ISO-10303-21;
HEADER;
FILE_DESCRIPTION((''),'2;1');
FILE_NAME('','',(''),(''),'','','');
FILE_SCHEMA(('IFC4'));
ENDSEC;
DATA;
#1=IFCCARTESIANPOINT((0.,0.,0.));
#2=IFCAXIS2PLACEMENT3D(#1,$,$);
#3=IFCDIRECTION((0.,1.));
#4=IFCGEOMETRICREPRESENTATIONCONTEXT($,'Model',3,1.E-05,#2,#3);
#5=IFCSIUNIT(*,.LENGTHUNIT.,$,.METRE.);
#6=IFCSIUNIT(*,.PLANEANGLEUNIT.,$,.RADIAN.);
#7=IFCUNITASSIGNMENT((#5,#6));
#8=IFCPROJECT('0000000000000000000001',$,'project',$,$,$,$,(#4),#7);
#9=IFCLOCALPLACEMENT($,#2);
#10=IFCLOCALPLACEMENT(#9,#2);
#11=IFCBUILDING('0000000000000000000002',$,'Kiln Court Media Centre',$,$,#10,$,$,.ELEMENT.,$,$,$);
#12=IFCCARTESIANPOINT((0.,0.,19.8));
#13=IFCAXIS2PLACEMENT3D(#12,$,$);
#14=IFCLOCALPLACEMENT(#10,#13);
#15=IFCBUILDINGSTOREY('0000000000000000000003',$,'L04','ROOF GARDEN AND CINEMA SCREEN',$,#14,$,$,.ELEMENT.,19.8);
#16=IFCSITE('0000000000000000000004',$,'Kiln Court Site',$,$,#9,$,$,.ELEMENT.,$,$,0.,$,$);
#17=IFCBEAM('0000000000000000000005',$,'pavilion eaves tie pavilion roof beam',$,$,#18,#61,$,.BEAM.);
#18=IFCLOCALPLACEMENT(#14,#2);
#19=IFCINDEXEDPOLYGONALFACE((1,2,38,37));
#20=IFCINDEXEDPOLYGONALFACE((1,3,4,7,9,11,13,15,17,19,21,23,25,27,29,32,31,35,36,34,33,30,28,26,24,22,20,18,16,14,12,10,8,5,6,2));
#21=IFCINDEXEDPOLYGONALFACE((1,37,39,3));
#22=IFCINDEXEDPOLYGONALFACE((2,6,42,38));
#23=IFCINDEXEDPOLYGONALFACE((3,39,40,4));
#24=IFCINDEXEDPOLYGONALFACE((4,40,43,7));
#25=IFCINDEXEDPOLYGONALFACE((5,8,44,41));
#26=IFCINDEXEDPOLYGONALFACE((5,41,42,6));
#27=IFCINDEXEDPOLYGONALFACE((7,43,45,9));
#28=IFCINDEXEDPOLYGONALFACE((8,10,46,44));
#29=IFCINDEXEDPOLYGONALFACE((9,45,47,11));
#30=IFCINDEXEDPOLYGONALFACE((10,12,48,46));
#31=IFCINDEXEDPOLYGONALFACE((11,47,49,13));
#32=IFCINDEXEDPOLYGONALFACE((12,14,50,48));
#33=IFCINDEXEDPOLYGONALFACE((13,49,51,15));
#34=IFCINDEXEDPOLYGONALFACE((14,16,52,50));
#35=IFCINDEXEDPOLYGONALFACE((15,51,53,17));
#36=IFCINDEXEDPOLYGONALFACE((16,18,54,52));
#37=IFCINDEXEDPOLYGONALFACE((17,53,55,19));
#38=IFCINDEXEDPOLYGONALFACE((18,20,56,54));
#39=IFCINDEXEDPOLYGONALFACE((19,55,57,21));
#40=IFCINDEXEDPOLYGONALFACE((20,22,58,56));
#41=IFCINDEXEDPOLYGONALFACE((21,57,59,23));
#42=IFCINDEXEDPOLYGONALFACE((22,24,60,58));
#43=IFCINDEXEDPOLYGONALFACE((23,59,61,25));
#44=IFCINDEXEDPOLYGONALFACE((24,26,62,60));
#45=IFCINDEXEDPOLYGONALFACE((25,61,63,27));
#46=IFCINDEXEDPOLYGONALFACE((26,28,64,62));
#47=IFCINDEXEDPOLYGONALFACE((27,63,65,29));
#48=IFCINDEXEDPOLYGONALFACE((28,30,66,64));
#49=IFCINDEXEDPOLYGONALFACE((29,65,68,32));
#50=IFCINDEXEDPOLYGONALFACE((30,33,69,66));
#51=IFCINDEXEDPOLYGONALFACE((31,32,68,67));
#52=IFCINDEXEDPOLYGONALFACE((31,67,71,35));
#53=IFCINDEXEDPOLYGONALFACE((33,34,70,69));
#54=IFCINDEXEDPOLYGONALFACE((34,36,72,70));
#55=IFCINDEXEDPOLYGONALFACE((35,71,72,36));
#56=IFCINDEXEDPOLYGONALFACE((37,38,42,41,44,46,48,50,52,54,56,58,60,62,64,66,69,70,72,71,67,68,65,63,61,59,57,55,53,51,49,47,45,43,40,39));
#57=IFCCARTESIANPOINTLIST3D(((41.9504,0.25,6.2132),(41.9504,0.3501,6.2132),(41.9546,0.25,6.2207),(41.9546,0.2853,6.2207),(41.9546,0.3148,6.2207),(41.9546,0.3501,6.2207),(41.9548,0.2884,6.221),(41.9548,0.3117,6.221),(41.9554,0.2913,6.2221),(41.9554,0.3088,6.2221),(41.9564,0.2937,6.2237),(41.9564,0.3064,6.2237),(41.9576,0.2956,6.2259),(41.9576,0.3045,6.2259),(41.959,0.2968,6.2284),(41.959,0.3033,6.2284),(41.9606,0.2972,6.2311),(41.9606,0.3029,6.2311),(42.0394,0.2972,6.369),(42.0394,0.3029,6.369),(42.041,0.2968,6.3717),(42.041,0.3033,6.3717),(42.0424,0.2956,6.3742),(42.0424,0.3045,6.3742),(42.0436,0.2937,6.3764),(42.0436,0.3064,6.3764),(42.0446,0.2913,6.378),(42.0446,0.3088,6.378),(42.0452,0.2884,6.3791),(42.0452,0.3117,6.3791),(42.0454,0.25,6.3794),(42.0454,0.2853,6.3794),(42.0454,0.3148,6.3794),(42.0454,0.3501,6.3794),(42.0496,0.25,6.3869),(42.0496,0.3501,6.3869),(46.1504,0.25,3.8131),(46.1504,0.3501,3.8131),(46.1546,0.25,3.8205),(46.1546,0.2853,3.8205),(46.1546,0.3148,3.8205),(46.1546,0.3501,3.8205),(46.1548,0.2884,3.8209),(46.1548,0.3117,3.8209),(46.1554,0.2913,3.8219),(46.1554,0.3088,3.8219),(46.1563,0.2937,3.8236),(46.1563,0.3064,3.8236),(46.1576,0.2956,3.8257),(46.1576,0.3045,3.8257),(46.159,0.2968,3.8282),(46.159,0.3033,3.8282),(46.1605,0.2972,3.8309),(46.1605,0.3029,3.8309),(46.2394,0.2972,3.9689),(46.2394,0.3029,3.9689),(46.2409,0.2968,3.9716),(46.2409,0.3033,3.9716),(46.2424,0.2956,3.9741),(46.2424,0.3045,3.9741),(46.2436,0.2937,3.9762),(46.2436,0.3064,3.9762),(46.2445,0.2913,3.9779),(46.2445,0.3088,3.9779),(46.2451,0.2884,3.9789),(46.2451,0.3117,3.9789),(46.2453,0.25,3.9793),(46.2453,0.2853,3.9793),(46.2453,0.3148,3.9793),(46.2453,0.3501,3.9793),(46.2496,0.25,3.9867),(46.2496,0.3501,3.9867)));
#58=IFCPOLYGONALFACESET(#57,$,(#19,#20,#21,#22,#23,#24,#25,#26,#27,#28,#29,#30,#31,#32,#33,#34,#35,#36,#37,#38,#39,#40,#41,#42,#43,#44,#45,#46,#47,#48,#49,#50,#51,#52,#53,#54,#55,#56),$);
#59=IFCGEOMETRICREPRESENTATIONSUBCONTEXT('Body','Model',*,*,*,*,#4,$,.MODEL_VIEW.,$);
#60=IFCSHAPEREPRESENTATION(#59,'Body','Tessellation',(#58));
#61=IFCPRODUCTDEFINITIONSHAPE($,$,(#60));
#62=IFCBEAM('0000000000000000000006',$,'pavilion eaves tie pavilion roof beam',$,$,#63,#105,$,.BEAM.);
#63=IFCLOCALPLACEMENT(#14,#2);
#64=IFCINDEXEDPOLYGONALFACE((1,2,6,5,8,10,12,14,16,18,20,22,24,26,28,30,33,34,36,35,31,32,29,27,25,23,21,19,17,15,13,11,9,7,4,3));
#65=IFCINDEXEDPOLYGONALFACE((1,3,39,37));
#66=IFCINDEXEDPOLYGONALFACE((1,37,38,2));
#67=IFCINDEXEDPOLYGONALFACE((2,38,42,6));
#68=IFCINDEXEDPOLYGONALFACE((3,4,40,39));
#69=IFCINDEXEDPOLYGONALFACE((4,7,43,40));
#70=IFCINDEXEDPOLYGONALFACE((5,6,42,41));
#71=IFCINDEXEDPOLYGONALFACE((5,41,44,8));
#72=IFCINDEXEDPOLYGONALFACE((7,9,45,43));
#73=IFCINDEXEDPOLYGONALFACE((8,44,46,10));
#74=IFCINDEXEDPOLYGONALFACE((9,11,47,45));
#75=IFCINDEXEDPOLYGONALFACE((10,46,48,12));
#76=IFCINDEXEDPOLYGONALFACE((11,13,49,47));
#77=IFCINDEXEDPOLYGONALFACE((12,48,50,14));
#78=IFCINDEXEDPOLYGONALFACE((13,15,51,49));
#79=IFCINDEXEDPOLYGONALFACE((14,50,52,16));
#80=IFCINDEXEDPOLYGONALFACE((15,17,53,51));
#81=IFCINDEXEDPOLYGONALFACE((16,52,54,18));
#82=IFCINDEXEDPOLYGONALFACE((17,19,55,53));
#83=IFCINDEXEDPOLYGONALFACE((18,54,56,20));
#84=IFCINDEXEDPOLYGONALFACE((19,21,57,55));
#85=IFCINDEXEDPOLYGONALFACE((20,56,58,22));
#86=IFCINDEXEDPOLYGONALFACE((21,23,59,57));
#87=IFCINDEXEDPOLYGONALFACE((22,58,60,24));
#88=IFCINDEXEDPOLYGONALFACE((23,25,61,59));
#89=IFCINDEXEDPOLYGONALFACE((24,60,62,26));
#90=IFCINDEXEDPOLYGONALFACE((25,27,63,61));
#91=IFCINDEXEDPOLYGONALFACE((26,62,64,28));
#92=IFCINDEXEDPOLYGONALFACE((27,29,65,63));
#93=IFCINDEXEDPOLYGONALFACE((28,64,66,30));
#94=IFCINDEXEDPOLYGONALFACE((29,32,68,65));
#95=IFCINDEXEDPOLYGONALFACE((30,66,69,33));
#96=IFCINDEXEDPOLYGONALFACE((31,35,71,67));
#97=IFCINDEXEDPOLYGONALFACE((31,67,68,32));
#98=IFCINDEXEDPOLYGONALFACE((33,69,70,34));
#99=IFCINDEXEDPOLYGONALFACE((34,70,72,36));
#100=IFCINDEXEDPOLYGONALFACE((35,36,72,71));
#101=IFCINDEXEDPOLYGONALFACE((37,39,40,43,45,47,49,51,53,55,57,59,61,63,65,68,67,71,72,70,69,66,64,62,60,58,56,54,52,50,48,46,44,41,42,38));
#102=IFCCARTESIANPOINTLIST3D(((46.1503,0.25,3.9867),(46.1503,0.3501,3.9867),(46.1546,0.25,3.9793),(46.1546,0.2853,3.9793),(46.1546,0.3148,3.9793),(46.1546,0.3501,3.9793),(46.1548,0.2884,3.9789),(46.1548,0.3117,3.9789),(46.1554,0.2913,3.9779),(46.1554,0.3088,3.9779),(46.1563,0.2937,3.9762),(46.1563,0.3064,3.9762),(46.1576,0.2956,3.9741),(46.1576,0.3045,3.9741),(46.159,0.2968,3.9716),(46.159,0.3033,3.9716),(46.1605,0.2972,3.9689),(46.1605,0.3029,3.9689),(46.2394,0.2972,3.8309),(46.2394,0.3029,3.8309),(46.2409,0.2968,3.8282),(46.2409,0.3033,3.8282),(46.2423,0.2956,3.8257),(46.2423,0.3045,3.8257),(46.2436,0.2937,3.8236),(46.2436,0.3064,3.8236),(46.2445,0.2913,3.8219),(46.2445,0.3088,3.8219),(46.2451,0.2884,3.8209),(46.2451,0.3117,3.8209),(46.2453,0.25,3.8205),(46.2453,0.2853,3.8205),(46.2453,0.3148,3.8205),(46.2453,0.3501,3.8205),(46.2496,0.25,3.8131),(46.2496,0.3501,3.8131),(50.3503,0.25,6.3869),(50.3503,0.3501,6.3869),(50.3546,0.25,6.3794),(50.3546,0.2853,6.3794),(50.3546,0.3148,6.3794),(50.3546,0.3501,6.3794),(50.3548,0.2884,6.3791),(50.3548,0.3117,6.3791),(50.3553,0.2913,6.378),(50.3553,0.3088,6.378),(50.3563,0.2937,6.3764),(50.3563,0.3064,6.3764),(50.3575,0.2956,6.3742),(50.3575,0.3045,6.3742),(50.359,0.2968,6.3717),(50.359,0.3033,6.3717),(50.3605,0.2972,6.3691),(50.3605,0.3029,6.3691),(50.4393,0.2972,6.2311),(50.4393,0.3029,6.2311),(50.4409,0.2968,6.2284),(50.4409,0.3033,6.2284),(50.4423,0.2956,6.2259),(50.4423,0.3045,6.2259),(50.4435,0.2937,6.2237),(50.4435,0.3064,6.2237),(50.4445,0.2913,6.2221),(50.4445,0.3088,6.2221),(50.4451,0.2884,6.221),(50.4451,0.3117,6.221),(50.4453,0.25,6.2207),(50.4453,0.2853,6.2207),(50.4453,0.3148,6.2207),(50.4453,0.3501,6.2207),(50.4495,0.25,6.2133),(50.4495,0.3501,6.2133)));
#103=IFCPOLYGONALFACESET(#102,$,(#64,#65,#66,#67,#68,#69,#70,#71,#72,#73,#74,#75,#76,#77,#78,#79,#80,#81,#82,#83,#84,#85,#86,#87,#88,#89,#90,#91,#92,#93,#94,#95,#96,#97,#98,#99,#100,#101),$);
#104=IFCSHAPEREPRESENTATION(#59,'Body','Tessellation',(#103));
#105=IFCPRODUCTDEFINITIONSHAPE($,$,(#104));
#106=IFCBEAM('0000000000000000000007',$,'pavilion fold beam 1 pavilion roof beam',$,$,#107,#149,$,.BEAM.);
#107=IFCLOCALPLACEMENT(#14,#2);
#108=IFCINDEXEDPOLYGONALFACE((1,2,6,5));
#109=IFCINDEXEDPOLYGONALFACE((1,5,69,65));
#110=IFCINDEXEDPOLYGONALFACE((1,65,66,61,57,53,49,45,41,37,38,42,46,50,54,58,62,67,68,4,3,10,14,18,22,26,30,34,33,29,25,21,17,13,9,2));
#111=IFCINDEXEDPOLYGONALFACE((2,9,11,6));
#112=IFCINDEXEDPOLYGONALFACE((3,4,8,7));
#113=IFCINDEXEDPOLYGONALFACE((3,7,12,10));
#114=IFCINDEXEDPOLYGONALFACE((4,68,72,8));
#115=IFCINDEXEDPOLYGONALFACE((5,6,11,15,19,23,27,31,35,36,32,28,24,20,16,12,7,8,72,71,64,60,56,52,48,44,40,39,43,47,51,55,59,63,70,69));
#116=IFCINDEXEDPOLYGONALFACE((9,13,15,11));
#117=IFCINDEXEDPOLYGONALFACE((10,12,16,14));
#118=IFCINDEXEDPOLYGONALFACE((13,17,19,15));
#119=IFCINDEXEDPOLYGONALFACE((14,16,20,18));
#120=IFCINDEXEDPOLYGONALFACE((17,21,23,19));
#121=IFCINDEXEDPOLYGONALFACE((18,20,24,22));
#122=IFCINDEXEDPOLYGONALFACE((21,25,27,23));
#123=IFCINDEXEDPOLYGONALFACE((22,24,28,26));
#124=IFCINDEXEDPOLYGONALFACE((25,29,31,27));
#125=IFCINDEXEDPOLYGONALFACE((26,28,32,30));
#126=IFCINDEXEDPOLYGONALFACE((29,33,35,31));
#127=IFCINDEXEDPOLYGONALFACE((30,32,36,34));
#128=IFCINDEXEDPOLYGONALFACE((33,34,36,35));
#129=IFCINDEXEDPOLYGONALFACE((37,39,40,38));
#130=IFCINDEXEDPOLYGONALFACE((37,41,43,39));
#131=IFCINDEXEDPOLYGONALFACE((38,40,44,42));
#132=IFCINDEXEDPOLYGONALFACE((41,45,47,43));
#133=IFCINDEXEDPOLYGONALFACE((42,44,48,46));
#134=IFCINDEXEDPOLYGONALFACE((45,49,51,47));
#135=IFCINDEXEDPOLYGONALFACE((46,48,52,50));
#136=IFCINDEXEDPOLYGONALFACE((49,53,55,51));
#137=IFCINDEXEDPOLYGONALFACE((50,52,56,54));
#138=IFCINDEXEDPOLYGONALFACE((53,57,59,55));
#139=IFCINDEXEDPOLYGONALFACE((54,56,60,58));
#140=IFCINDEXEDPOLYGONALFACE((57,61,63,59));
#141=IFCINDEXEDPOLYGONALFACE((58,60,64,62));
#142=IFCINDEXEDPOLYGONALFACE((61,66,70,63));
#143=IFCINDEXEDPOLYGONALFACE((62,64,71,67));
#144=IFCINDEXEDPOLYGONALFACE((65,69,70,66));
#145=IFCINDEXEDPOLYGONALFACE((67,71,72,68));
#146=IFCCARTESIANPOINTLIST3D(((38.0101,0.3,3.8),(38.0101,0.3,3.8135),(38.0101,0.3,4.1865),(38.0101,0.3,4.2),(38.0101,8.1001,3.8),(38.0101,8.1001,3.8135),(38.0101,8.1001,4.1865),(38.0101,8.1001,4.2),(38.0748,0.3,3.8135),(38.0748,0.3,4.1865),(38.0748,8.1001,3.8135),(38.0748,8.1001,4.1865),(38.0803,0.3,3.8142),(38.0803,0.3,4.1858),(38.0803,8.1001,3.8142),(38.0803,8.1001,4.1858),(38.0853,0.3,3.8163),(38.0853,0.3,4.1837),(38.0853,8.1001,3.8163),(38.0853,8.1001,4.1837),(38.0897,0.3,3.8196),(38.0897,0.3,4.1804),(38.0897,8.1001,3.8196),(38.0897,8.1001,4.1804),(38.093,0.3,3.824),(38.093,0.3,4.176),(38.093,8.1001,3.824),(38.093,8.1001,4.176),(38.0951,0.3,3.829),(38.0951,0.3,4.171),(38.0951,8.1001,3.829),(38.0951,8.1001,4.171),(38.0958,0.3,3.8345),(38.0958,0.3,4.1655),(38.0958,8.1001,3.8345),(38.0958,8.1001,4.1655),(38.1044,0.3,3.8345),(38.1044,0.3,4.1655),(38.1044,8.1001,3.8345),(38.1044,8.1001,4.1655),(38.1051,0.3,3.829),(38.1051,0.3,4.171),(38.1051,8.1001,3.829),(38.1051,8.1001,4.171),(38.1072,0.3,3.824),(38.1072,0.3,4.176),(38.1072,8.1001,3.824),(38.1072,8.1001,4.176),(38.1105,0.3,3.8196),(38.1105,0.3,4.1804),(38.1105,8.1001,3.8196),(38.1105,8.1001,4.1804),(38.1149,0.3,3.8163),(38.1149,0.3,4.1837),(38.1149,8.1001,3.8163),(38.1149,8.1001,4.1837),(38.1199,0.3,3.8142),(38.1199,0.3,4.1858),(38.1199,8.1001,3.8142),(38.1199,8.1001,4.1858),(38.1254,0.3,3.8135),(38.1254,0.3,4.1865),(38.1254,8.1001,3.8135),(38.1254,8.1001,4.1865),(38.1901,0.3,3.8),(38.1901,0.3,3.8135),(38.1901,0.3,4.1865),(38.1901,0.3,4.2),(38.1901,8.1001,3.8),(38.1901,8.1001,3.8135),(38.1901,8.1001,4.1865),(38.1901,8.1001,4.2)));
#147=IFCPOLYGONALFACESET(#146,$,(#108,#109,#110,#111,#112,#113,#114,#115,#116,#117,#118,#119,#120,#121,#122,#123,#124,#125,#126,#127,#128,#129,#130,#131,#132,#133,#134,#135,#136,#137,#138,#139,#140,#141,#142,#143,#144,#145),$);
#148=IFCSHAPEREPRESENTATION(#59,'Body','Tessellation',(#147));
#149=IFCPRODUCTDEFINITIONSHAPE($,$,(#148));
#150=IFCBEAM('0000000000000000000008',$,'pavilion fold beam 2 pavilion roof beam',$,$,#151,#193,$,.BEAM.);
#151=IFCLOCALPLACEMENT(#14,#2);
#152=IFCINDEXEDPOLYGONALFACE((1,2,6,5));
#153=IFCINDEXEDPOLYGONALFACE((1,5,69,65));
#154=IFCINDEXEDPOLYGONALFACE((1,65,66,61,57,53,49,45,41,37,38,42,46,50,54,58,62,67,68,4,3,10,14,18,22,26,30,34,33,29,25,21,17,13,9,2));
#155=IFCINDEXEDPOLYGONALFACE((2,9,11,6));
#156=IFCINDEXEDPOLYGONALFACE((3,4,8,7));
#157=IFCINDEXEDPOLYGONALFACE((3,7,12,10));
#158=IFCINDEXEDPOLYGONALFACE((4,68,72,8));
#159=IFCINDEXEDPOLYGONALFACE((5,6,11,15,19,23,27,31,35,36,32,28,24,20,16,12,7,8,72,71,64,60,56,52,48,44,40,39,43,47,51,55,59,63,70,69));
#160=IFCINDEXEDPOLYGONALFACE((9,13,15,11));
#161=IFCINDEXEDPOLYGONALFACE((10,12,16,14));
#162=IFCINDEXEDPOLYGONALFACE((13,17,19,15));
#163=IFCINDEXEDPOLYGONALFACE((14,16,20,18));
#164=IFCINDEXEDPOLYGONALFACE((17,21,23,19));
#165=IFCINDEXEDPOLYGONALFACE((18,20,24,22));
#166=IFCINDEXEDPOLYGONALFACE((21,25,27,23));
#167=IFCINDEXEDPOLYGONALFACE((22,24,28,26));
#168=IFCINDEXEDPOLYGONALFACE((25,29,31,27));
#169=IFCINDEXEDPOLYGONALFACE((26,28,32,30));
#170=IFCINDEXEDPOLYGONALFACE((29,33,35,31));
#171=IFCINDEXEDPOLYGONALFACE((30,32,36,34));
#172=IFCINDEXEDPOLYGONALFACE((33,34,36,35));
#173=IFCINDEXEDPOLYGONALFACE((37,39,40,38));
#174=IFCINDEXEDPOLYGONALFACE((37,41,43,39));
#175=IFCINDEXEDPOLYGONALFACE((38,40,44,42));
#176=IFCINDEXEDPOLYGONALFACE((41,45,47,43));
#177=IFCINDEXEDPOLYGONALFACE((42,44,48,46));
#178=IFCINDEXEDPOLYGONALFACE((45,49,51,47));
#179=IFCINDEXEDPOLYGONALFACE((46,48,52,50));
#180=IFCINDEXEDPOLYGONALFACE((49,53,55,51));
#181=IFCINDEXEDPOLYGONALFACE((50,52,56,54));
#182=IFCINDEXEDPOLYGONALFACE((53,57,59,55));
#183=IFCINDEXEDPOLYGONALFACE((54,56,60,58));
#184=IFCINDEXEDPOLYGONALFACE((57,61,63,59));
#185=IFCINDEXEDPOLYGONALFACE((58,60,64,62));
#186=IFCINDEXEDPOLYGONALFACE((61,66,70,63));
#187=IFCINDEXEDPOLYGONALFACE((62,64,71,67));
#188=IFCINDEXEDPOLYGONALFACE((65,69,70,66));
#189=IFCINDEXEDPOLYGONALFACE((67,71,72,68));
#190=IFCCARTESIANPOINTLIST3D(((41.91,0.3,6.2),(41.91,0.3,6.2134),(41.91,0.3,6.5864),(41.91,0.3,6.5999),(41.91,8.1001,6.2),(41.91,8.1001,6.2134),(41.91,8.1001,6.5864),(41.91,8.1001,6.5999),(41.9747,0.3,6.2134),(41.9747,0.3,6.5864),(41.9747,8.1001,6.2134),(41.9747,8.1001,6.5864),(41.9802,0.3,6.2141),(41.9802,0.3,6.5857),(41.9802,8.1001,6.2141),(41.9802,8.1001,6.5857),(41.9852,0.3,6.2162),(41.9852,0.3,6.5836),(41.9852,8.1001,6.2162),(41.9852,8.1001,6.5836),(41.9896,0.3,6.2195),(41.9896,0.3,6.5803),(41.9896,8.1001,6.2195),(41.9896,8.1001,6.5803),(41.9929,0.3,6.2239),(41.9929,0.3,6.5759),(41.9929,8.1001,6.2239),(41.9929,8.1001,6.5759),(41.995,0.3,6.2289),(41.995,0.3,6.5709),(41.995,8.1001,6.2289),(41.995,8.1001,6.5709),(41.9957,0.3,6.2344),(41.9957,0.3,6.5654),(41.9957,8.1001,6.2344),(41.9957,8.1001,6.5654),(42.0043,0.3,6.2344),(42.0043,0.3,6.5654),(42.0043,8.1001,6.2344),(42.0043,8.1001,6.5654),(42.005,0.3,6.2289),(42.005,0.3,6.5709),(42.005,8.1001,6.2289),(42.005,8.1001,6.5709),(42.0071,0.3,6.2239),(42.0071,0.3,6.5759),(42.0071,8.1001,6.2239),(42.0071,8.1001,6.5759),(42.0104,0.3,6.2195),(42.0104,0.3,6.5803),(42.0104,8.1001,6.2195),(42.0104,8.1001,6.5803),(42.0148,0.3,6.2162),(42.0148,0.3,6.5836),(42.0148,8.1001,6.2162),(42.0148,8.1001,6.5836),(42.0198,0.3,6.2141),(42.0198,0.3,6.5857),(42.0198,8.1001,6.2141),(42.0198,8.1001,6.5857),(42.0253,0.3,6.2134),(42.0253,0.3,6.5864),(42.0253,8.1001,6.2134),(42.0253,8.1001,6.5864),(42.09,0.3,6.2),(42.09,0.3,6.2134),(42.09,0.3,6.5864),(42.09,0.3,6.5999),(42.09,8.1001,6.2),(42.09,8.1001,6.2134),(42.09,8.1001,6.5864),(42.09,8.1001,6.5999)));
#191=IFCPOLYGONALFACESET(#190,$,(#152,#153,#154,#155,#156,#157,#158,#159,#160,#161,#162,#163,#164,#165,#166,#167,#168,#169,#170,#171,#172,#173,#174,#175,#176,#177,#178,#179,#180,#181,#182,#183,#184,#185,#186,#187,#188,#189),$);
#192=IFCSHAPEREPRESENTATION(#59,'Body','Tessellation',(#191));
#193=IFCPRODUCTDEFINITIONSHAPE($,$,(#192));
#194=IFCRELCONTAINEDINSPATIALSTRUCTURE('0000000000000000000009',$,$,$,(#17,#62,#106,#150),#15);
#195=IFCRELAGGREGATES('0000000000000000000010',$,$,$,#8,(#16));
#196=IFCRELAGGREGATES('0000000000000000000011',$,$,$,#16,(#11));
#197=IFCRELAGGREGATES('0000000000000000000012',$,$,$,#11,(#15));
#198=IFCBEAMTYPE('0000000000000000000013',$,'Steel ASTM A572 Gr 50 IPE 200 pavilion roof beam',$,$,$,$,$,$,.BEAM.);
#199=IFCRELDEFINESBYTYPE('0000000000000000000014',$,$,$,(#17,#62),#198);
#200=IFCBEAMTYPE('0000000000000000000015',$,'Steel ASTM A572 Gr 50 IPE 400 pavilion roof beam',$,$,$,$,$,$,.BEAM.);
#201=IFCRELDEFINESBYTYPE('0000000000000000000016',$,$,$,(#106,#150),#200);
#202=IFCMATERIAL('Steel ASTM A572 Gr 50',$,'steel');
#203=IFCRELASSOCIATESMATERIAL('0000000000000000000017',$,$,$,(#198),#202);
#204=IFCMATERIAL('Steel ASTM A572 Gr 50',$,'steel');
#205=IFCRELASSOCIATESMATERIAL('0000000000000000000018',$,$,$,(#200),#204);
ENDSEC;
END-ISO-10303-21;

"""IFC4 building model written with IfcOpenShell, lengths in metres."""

from ifc_helpers import new_model, si_unit, direction, frame, origin, origin_2d, place, context, subcontext, project, spatial, i_section, extrude, material, material_profile, profile_set, type_object, element, save


model = new_model("IFC4")

# Units and contexts
model_context = context("Model", 3, precision=1e-05, world=origin(), true_north=direction((0.0, 1.0)))
body_context = subcontext(model_context, "Body", "Model", "MODEL_VIEW")
ifc_project = project(units=[si_unit("LENGTHUNIT", "METRE"), si_unit("PLANEANGLEUNIT", "RADIAN")], contexts=[model_context])

# Site, building, storey
site_placement = place(None, origin())
site = spatial("IfcSite", under=ifc_project, at=site_placement, Name="Kiln Court Site", CompositionType="ELEMENT", RefElevation=0.0)
building_placement = place(site_placement, origin())
building = spatial("IfcBuilding", under=site, at=building_placement, Name="Kiln Court Media Centre", CompositionType="ELEMENT")
storey_placement = place(building_placement, frame((0.0, 0.0, 19.8)))
storey = spatial("IfcBuildingStorey", under=building, at=storey_placement, Name="L04", Description="ROOF GARDEN AND CINEMA SCREEN", CompositionType="ELEMENT", Elevation=19.8)

# Beams
ifc_material_1 = material(Name="Steel ASTM A572 Gr 50", Category="steel")
ifc_material_profile_1 = material_profile(ifc_material_1, i_section(OverallWidth=0.1001, OverallDepth=0.2, WebThickness=0.0056, FlangeThickness=0.0085, FilletRadius=0.012, at=origin_2d()), Name="IPE 200")
ifc_profile_set_1 = profile_set([ifc_material_profile_1], Name="Steel ASTM A572 Gr 50")
beam_type_1 = type_object("IfcBeamType", Name="Steel ASTM A572 Gr 50 IPE 200 pavilion roof beam", PredefinedType="BEAM", material=ifc_profile_set_1)
for number, where, z_axis, x_axis, name in (
    (1, (42.0, 0.3, 6.3), (0.868228, 0.0, -0.496166), (0.0, 1.0, 0.0), "pavilion eaves tie pavilion roof beam"),
    (2, (46.2, 0.3, 3.8999), (0.868228, 0.0, 0.496166), (0.0, 1.0, 0.0), "pavilion eaves tie pavilion roof beam"),
):
    element("IfcBeam", number, at=place(storey_placement, frame(where, z_axis=z_axis, x_axis=x_axis)), inside=storey, type_object=beam_type_1, Name=name, PredefinedType="BEAM", context=body_context, shape_type="SweptSolid", body=[
        extrude(i_section(OverallWidth=0.1001, OverallDepth=0.2, WebThickness=0.0056, FlangeThickness=0.0085, FilletRadius=0.012, at=origin_2d()), origin(), (0.0, 0.0, 1.0), 4.8374),
    ])
ifc_material_2 = material(Name="Steel ASTM A572 Gr 50", Category="steel")
ifc_material_profile_2 = material_profile(ifc_material_2, i_section(OverallWidth=0.1799, OverallDepth=0.3999, WebThickness=0.0085, FlangeThickness=0.0134, FilletRadius=0.021, at=origin_2d()), Name="IPE 400")
ifc_profile_set_2 = profile_set([ifc_material_profile_2], Name="Steel ASTM A572 Gr 50")
beam_type_2 = type_object("IfcBeamType", Name="Steel ASTM A572 Gr 50 IPE 400 pavilion roof beam", PredefinedType="BEAM", material=ifc_profile_set_2)
for number, where, z_axis, x_axis, name in (
    (3, (38.1001, 0.3, 4.0), (0.0, 1.0, 0.0), (-1.0, 0.0, 0.0), "pavilion fold beam 1 pavilion roof beam"),
    (4, (42.0, 0.3, 6.3999), (0.0, 1.0, 0.0), (-1.0, 0.0, 0.0), "pavilion fold beam 2 pavilion roof beam"),
):
    element("IfcBeam", number, at=place(storey_placement, frame(where, z_axis=z_axis, x_axis=x_axis)), inside=storey, type_object=beam_type_2, Name=name, PredefinedType="BEAM", context=body_context, shape_type="SweptSolid", body=[
        extrude(i_section(OverallWidth=0.1799, OverallDepth=0.3999, WebThickness=0.0085, FlangeThickness=0.0134, FilletRadius=0.021, at=origin_2d()), origin(), (0.0, 0.0, 1.0), 7.8),
    ])

save(model, "model.ifc")
